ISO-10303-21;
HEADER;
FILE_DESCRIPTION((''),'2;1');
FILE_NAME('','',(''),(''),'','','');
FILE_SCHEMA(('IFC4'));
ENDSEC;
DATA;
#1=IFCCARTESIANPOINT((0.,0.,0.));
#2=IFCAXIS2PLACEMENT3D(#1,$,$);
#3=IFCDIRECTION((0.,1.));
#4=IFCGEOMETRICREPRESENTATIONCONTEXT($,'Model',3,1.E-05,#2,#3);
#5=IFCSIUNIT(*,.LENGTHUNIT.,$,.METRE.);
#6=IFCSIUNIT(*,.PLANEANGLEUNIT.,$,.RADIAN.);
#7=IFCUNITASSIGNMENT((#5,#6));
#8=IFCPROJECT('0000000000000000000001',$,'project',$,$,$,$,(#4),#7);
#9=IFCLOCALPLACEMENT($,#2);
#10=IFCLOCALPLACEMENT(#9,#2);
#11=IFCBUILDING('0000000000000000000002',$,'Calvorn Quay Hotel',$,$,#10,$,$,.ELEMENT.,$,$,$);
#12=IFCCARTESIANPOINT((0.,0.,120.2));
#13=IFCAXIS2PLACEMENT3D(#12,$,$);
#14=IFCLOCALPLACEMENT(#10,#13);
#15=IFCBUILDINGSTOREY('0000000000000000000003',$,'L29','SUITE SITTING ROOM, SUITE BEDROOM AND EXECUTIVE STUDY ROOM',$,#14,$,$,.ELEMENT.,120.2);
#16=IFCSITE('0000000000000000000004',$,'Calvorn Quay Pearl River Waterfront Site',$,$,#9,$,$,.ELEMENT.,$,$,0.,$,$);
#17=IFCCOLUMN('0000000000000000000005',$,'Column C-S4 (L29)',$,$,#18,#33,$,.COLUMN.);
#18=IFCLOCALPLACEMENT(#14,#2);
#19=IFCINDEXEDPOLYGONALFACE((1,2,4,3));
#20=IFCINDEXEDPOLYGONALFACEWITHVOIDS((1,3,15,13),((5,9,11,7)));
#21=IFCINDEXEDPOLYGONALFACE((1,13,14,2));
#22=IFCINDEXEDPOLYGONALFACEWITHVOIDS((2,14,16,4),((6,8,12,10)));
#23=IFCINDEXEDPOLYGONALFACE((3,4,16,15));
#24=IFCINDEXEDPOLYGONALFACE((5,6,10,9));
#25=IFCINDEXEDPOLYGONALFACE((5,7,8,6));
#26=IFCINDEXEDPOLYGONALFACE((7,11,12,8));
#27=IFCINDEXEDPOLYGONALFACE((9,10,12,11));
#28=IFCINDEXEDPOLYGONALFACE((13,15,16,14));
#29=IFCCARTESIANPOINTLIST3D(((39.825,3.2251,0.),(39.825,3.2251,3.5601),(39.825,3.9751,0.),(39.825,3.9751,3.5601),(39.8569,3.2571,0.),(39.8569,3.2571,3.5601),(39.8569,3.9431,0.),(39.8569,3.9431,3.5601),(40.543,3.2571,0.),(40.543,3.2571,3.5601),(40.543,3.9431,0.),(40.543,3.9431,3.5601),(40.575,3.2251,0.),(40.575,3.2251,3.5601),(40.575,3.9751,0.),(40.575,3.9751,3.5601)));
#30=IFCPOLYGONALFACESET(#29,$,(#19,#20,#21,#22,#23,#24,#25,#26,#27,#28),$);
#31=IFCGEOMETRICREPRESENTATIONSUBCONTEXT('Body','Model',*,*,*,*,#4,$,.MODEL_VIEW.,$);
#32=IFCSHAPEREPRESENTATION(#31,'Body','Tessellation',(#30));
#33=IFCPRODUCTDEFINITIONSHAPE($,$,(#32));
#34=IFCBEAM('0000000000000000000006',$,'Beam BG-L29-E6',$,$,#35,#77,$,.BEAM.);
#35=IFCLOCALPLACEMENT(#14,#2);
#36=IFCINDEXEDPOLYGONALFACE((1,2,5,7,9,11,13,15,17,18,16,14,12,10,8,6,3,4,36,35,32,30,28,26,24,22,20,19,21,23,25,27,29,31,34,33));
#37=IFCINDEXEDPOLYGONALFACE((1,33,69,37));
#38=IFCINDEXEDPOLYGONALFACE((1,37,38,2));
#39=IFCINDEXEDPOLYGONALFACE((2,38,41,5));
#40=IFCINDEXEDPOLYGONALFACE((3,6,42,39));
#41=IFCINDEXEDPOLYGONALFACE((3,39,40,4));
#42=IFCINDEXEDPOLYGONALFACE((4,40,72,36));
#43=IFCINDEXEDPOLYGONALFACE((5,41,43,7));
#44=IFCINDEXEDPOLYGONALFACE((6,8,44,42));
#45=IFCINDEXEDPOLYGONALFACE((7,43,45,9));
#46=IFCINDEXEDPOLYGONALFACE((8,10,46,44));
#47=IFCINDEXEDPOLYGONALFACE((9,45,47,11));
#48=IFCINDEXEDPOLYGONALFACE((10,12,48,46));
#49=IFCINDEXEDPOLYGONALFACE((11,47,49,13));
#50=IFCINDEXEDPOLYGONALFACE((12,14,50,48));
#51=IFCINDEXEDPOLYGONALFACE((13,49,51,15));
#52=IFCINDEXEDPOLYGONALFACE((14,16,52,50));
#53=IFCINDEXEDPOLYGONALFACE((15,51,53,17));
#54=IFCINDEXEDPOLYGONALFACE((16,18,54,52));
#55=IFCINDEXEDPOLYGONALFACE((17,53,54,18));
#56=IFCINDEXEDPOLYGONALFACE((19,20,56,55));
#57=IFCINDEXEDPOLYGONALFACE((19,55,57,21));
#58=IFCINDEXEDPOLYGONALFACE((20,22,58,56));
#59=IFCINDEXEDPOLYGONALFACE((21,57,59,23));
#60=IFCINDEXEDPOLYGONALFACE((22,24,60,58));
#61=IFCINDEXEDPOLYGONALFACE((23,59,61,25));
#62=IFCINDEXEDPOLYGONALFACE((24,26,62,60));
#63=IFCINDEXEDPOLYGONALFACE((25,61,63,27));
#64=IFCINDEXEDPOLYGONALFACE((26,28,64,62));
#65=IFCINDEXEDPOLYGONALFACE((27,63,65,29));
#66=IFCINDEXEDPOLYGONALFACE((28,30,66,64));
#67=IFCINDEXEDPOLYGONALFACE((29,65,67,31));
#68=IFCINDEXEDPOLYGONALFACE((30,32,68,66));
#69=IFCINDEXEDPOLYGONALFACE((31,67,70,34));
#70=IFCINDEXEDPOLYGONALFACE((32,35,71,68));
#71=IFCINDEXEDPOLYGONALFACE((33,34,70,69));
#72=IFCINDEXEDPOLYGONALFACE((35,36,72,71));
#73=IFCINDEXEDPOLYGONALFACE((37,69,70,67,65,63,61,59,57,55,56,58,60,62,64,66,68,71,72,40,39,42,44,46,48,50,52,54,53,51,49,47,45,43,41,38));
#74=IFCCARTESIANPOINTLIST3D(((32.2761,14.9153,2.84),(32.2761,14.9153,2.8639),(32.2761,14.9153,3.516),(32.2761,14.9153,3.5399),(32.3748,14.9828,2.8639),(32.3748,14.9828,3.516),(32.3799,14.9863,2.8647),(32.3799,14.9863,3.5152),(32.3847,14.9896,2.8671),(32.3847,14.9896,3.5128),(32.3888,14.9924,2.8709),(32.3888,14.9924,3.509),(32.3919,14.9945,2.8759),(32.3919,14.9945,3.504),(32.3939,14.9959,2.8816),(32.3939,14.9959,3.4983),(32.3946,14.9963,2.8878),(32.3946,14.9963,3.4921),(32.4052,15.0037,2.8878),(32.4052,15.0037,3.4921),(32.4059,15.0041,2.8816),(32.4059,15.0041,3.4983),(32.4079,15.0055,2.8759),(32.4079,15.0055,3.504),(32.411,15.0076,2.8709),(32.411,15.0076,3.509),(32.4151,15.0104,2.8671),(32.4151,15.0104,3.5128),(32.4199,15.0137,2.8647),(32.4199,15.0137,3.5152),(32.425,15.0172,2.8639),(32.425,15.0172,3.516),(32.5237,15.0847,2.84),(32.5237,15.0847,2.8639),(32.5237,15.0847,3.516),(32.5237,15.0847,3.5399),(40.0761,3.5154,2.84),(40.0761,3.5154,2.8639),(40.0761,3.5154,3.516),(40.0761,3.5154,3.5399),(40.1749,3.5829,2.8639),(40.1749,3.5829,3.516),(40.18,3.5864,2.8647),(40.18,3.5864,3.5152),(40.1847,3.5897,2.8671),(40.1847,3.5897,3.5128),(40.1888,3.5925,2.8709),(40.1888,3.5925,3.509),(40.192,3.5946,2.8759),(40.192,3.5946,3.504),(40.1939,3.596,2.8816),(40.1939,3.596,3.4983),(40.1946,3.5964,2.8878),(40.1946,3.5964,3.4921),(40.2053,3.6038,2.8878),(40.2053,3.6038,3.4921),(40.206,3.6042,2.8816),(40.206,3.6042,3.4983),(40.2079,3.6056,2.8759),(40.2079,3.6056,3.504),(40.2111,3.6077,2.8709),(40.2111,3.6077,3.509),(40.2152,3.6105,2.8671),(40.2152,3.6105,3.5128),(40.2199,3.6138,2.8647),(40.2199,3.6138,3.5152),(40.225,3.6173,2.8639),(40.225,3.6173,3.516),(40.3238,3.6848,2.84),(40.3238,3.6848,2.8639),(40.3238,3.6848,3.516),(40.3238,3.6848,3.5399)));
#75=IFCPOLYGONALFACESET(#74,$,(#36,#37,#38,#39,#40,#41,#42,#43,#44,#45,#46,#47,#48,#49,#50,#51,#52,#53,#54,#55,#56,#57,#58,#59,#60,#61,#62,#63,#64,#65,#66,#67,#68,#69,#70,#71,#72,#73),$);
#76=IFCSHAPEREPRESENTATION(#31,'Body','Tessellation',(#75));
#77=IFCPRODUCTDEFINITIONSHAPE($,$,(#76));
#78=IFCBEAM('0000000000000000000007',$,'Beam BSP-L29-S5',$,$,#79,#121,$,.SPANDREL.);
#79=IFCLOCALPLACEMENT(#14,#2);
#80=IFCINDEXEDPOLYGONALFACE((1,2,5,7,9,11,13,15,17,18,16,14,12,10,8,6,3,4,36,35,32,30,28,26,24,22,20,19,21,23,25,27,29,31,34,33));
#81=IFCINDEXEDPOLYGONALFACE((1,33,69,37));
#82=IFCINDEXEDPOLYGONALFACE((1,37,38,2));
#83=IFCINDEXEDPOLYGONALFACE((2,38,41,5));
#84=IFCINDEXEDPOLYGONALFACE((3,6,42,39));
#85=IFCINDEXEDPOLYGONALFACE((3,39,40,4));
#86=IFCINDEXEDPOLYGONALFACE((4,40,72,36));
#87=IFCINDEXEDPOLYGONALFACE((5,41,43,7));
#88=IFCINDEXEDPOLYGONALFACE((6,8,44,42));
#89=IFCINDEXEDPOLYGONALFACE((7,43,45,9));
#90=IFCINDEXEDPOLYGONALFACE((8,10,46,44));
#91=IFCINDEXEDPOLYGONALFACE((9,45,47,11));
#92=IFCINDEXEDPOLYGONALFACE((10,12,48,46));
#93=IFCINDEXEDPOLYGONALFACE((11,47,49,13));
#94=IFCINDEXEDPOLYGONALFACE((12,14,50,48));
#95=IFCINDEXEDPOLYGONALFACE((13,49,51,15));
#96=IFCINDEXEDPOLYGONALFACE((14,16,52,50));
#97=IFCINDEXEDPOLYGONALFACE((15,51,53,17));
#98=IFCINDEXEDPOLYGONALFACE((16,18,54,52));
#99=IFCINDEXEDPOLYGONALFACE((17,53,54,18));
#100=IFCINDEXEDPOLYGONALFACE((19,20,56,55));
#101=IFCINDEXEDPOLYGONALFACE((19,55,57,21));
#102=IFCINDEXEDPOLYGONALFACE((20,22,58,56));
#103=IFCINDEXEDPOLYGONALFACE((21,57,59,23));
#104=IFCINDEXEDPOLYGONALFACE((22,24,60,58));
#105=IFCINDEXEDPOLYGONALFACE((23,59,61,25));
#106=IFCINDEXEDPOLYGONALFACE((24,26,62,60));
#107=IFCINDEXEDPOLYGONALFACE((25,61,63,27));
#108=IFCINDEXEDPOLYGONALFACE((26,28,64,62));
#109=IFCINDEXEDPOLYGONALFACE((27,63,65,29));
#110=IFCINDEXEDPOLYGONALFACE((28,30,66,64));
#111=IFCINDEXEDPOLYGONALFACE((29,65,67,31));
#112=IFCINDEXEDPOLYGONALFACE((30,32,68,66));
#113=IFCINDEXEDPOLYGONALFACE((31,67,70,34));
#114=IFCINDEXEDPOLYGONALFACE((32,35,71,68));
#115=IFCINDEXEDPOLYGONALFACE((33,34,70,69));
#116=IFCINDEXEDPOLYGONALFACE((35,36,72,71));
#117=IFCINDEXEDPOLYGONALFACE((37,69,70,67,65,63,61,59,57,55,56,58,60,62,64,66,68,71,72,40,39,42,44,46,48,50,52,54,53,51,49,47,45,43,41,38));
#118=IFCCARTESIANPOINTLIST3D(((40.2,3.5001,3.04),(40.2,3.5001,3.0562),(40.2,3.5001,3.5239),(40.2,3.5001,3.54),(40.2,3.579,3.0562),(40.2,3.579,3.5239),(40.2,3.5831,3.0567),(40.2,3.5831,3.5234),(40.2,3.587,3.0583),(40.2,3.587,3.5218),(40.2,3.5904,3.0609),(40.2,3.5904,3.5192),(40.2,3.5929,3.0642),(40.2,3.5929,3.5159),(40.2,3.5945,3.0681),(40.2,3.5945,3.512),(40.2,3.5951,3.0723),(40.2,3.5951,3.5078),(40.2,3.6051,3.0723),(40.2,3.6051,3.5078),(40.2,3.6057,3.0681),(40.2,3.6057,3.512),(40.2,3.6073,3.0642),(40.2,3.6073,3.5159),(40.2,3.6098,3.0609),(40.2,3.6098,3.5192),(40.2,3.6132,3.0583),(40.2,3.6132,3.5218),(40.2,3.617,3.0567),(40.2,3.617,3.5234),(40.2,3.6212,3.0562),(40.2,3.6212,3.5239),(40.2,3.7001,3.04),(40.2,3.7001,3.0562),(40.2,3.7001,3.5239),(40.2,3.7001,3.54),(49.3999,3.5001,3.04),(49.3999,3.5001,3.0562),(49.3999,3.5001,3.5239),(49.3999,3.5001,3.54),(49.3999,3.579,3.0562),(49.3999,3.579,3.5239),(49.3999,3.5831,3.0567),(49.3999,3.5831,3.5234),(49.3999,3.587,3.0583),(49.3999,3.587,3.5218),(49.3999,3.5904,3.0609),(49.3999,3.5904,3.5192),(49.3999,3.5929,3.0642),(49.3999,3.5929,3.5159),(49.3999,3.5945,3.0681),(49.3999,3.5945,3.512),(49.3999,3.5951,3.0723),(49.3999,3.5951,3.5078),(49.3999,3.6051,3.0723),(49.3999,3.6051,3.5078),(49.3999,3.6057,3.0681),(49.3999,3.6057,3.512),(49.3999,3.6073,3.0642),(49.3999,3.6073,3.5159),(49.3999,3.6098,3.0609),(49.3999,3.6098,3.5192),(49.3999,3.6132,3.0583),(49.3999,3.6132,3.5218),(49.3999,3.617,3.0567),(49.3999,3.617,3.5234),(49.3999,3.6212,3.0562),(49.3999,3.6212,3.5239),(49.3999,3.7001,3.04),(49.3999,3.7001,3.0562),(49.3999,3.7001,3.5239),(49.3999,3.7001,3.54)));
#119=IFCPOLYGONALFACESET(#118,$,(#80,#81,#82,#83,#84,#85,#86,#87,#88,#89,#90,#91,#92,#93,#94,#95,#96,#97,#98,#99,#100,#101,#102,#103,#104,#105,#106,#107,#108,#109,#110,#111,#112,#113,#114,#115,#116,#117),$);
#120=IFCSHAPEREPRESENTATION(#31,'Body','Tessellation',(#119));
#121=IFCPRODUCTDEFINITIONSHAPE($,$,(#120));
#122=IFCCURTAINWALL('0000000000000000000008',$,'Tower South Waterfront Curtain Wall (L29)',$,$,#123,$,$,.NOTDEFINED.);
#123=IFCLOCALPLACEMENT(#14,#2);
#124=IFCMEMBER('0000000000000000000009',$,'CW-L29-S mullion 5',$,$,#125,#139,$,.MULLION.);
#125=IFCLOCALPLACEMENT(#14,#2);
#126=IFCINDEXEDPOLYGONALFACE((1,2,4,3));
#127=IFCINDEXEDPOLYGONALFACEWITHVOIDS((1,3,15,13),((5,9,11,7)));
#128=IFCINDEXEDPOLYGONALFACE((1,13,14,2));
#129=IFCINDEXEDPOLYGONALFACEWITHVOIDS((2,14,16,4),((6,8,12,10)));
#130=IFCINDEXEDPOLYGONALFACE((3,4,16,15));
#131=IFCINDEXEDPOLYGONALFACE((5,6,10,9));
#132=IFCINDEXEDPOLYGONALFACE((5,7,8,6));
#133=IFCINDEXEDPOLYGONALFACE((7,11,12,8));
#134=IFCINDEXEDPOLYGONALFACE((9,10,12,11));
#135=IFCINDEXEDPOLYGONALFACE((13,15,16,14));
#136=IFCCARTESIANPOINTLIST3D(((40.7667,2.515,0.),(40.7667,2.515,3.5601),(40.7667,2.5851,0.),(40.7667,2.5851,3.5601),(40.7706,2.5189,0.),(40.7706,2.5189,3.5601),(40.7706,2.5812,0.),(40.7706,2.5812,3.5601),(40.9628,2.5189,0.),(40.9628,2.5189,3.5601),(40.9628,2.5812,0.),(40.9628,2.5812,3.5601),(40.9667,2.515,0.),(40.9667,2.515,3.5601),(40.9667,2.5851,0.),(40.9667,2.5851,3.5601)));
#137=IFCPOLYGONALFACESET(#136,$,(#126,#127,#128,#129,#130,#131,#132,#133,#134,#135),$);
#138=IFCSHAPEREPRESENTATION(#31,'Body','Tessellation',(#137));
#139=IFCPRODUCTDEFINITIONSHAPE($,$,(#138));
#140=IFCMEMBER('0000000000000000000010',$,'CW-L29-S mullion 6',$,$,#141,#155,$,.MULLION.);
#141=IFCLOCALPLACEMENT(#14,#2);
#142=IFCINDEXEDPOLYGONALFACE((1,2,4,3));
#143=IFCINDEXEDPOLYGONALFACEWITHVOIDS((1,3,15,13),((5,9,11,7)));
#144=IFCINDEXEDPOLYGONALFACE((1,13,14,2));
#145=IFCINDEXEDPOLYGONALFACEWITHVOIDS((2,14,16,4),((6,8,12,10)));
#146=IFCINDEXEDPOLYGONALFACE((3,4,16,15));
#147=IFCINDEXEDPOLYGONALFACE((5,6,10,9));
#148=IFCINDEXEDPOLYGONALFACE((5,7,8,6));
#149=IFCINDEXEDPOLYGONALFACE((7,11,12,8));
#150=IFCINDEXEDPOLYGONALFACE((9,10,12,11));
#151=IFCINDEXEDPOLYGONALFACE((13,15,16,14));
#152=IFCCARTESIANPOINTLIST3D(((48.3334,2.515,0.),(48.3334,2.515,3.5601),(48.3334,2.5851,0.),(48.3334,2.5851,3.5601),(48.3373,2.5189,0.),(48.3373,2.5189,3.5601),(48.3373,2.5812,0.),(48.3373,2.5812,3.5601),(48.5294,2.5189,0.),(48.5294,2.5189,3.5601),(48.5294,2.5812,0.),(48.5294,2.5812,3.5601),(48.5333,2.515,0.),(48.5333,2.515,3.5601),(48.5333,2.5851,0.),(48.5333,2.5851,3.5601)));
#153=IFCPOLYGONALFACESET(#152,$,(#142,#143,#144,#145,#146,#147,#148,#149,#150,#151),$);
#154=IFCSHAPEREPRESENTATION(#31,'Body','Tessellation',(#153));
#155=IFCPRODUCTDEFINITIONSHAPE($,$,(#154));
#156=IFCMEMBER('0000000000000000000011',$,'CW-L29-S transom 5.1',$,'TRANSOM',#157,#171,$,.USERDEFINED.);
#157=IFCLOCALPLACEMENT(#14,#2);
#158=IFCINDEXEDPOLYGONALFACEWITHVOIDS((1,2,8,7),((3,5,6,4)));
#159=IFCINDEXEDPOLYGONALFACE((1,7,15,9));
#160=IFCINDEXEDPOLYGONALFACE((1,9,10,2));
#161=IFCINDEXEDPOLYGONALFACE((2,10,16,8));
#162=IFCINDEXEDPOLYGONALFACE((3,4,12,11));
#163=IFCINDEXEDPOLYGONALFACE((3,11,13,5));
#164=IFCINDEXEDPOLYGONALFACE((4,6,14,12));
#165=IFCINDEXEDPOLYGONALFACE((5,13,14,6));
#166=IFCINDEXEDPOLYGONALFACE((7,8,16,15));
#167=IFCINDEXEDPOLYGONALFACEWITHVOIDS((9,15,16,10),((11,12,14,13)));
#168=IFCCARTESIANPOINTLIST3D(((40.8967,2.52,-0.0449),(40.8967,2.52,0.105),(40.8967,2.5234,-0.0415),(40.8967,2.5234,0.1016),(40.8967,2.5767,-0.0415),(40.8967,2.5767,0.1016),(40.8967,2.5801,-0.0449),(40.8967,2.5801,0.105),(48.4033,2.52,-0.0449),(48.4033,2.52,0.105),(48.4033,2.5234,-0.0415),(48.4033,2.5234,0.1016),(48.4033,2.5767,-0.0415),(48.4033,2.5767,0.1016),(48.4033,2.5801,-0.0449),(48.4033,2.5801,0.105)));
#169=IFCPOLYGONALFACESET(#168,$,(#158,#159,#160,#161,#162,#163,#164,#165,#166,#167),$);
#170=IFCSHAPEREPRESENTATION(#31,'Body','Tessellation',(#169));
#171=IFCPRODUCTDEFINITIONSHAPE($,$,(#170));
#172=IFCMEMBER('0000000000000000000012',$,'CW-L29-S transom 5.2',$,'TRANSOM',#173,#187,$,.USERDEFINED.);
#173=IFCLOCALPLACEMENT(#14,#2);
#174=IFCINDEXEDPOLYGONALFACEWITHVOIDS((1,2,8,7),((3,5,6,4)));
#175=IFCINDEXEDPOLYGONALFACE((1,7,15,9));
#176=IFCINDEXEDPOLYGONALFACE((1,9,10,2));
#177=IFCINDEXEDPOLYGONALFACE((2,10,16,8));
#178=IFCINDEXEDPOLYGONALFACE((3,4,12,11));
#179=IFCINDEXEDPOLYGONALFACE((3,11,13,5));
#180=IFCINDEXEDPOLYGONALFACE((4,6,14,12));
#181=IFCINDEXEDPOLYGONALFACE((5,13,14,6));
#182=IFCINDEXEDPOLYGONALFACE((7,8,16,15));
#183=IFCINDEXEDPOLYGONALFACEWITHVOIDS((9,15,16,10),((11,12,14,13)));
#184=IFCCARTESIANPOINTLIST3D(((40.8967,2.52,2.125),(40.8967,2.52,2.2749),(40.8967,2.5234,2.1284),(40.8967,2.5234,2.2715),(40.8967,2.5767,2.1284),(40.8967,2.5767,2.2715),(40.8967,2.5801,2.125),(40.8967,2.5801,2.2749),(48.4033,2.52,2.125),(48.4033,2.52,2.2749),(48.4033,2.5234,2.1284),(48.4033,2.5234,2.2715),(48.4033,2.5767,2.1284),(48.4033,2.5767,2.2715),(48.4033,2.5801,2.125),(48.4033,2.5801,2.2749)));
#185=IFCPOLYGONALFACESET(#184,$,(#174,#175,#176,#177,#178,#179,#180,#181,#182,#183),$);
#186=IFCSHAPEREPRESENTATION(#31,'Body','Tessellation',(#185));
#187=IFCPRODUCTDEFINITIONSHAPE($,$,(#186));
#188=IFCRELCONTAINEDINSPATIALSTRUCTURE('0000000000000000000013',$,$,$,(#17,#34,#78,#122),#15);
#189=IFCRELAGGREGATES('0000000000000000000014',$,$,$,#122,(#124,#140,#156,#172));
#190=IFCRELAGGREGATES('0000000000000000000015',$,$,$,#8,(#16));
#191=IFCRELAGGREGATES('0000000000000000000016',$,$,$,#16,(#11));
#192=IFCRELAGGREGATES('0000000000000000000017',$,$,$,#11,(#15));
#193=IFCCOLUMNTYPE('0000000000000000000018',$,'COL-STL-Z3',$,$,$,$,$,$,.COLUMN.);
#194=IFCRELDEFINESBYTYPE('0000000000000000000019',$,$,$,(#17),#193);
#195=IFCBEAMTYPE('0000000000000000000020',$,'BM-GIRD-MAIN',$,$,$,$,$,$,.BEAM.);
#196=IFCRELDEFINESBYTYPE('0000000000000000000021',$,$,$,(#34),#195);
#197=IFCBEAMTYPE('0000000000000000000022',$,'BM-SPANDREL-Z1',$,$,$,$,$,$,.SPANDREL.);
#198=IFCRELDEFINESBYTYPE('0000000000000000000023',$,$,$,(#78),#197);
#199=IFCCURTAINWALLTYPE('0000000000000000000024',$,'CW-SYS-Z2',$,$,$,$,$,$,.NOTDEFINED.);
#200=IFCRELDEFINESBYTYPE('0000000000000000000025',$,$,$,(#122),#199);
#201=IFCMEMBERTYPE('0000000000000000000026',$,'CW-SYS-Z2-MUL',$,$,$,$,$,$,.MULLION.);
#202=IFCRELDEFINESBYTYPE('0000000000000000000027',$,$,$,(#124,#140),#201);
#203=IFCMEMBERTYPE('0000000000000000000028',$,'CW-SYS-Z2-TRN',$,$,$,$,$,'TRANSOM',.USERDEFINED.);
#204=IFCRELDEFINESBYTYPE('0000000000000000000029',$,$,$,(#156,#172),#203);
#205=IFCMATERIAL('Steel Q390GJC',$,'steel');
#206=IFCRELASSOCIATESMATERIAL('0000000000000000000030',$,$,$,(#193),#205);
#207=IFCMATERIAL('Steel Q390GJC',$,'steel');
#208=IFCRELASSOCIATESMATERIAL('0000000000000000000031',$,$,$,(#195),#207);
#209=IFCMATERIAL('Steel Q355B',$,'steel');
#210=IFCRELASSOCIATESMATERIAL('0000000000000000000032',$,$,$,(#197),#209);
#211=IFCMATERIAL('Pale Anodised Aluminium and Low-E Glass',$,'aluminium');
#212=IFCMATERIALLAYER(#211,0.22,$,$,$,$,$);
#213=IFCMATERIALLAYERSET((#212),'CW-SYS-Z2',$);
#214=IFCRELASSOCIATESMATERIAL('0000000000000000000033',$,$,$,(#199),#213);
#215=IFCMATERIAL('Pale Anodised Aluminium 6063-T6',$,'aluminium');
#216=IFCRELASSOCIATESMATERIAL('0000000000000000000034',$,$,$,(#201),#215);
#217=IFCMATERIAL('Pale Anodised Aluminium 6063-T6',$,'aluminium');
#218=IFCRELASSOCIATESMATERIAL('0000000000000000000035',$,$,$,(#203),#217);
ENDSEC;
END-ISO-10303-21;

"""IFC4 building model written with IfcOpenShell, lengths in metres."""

from ifc_helpers import new_model, si_unit, direction, frame, origin, origin_2d, place, context, subcontext, project, spatial, hollow_rectangle, i_section, extrude, material, layer, layer_set, material_profile, profile_set, type_object, element, aggregate, save


model = new_model("IFC4")

# Units and contexts
model_context = context("Model", 3, precision=1e-05, world=origin(), true_north=direction((0.0, 1.0)))
body_context = subcontext(model_context, "Body", "Model", "MODEL_VIEW")
ifc_project = project(units=[si_unit("LENGTHUNIT", "METRE"), si_unit("PLANEANGLEUNIT", "RADIAN")], contexts=[model_context])

# Site, building, storey
site_placement = place(None, origin())
site = spatial("IfcSite", under=ifc_project, at=site_placement, Name="Calvorn Quay Pearl River Waterfront Site", CompositionType="ELEMENT", RefElevation=0.0)
building_placement = place(site_placement, origin())
building = spatial("IfcBuilding", under=site, at=building_placement, Name="Calvorn Quay Hotel", CompositionType="ELEMENT")
storey_placement = place(building_placement, frame((0.0, 0.0, 120.2)))
storey = spatial("IfcBuildingStorey", under=building, at=storey_placement, Name="L29", Description="SUITE SITTING ROOM, SUITE BEDROOM AND EXECUTIVE STUDY ROOM", CompositionType="ELEMENT", Elevation=120.2)

# Column
ifc_material_1 = material(Name="Steel Q390GJC", Category="steel")
ifc_material_profile_1 = material_profile(ifc_material_1, hollow_rectangle(XDim=0.75, YDim=0.75, WallThickness=0.032, at=origin_2d()), Name="BOX750x750x32")
ifc_profile_set_1 = profile_set([ifc_material_profile_1], Name="Steel Q390GJC")
column_type = type_object("IfcColumnType", Name="COL-STL-Z3", PredefinedType="COLUMN", material=ifc_profile_set_1)
column_placement = place(storey_placement, frame((40.2, 3.6001, 0.0), z_axis=(0.0, 0.0, 1.0), x_axis=(1.0, 0.0, 0.0)))
element("IfcColumn", 1, at=column_placement, inside=storey, type_object=column_type, Name="Column C-S4 (L29)", PredefinedType="COLUMN", context=body_context, shape_type="SweptSolid", body=[
    extrude(hollow_rectangle(XDim=0.75, YDim=0.75, WallThickness=0.032, at=origin_2d()), origin(), (0.0, 0.0, 1.0), 3.5601),
])

# Beams
ifc_material_2 = material(Name="Steel Q390GJC", Category="steel")
ifc_material_profile_2 = material_profile(ifc_material_2, i_section(OverallWidth=0.3, OverallDepth=0.7, WebThickness=0.0129, FlangeThickness=0.0239, FilletRadius=0.0239, at=origin_2d()), Name="HN700x300x13x24")
ifc_profile_set_2 = profile_set([ifc_material_profile_2], Name="Steel Q390GJC")
beam_type_1 = type_object("IfcBeamType", Name="BM-GIRD-MAIN", PredefinedType="BEAM", material=ifc_profile_set_2)
beam_1_placement = place(storey_placement, frame((40.2, 3.6001, 3.1899), z_axis=(-0.56469, 0.825303, 0.0), x_axis=(-0.825303, -0.56469, 0.0)))
element("IfcBeam", 2, at=beam_1_placement, inside=storey, type_object=beam_type_1, Name="Beam BG-L29-E6", PredefinedType="BEAM", context=body_context, shape_type="SweptSolid", body=[
    extrude(i_section(OverallWidth=0.3, OverallDepth=0.7, WebThickness=0.0129, FlangeThickness=0.0239, FilletRadius=0.0239, at=origin_2d()), origin(), (0.0, 0.0, 1.0), 13.813),
])
ifc_material_3 = material(Name="Steel Q355B", Category="steel")
ifc_material_profile_3 = material_profile(ifc_material_3, i_section(OverallWidth=0.2, OverallDepth=0.5, WebThickness=0.01, FlangeThickness=0.0161, FilletRadius=0.0161, at=origin_2d()), Name="HN500x200x10x16")
ifc_profile_set_3 = profile_set([ifc_material_profile_3], Name="Steel Q355B")
beam_type_2 = type_object("IfcBeamType", Name="BM-SPANDREL-Z1", PredefinedType="SPANDREL", material=ifc_profile_set_3)
beam_2_placement = place(storey_placement, frame((40.2, 3.6001, 3.29), z_axis=(1.0, 0.0, 0.0), x_axis=(0.0, 1.0, 0.0)))
element("IfcBeam", 3, at=beam_2_placement, inside=storey, type_object=beam_type_2, Name="Beam BSP-L29-S5", PredefinedType="SPANDREL", context=body_context, shape_type="SweptSolid", body=[
    extrude(i_section(OverallWidth=0.2, OverallDepth=0.5, WebThickness=0.01, FlangeThickness=0.0161, FilletRadius=0.0161, at=origin_2d()), origin(), (0.0, 0.0, 1.0), 9.2),
])

# Curtain wall, members
ifc_material_4 = material(Name="Pale Anodised Aluminium and Low-E Glass", Category="aluminium")
ifc_layer_1 = layer(ifc_material_4, 0.22)
ifc_layer_set_1 = layer_set([ifc_layer_1], Name="CW-SYS-Z2")
curtain_wall_type = type_object("IfcCurtainWallType", Name="CW-SYS-Z2", PredefinedType="NOTDEFINED", material=ifc_layer_set_1)
curtain_wall_placement = place(storey_placement, origin())
curtain_wall = element("IfcCurtainWall", 4, at=curtain_wall_placement, inside=storey, type_object=curtain_wall_type, Name="Tower South Waterfront Curtain Wall (L29)", PredefinedType="NOTDEFINED")
ifc_material_5 = material(Name="Pale Anodised Aluminium 6063-T6", Category="aluminium")
ifc_material_profile_4 = material_profile(ifc_material_5, hollow_rectangle(XDim=0.0701, YDim=0.2, WallThickness=0.0039, at=origin_2d()), Name="ALU-M200x70x4")
ifc_profile_set_4 = profile_set([ifc_material_profile_4], Name="Pale Anodised Aluminium 6063-T6")
member_type_1 = type_object("IfcMemberType", Name="CW-SYS-Z2-MUL", PredefinedType="MULLION", material=ifc_profile_set_4)
member_1_placement = place(storey_placement, frame((40.8667, 2.55, 0.0), z_axis=(0.0, 0.0, 1.0), x_axis=(0.0, 1.0, 0.0)))
member_1 = element("IfcMember", 5, at=member_1_placement, type_object=member_type_1, Name="CW-L29-S mullion 5", PredefinedType="MULLION", context=body_context, shape_type="SweptSolid", body=[
    extrude(hollow_rectangle(XDim=0.0701, YDim=0.2, WallThickness=0.0039, at=origin_2d()), origin(), (0.0, 0.0, 1.0), 3.5601),
])
member_2_placement = place(storey_placement, frame((48.4333, 2.55, 0.0), z_axis=(0.0, 0.0, 1.0), x_axis=(0.0, 1.0, 0.0)))
member_2 = element("IfcMember", 6, at=member_2_placement, type_object=member_type_1, Name="CW-L29-S mullion 6", PredefinedType="MULLION", context=body_context, shape_type="SweptSolid", body=[
    extrude(hollow_rectangle(XDim=0.0701, YDim=0.2, WallThickness=0.0039, at=origin_2d()), origin(), (0.0, 0.0, 1.0), 3.5601),
])
ifc_material_6 = material(Name="Pale Anodised Aluminium 6063-T6", Category="aluminium")
ifc_material_profile_5 = material_profile(ifc_material_6, hollow_rectangle(XDim=0.0601, YDim=0.1499, WallThickness=0.0034, at=origin_2d()), Name="ALU-T150x60x3.5")
ifc_profile_set_5 = profile_set([ifc_material_profile_5], Name="Pale Anodised Aluminium 6063-T6")
member_type_2 = type_object("IfcMemberType", Name="CW-SYS-Z2-TRN", ElementType="TRANSOM", PredefinedType="USERDEFINED", material=ifc_profile_set_5)
member_3_placement = place(storey_placement, frame((40.8967, 2.55, 0.03), z_axis=(1.0, 0.0, 0.0), x_axis=(0.0, 1.0, 0.0)))
member_3 = element("IfcMember", 7, at=member_3_placement, type_object=member_type_2, Name="CW-L29-S transom 5.1", ObjectType="TRANSOM", PredefinedType="USERDEFINED", context=body_context, shape_type="SweptSolid", body=[
    extrude(hollow_rectangle(XDim=0.0601, YDim=0.1499, WallThickness=0.0034, at=origin_2d()), origin(), (0.0, 0.0, 1.0), 7.5066),
])
member_4_placement = place(storey_placement, frame((40.8967, 2.55, 2.2), z_axis=(1.0, 0.0, 0.0), x_axis=(0.0, 1.0, 0.0)))
member_4 = element("IfcMember", 8, at=member_4_placement, type_object=member_type_2, Name="CW-L29-S transom 5.2", ObjectType="TRANSOM", PredefinedType="USERDEFINED", context=body_context, shape_type="SweptSolid", body=[
    extrude(hollow_rectangle(XDim=0.0601, YDim=0.1499, WallThickness=0.0034, at=origin_2d()), origin(), (0.0, 0.0, 1.0), 7.5066),
])
aggregate(curtain_wall, [member_1, member_2, member_3, member_4])

save(model, "model.ifc")
